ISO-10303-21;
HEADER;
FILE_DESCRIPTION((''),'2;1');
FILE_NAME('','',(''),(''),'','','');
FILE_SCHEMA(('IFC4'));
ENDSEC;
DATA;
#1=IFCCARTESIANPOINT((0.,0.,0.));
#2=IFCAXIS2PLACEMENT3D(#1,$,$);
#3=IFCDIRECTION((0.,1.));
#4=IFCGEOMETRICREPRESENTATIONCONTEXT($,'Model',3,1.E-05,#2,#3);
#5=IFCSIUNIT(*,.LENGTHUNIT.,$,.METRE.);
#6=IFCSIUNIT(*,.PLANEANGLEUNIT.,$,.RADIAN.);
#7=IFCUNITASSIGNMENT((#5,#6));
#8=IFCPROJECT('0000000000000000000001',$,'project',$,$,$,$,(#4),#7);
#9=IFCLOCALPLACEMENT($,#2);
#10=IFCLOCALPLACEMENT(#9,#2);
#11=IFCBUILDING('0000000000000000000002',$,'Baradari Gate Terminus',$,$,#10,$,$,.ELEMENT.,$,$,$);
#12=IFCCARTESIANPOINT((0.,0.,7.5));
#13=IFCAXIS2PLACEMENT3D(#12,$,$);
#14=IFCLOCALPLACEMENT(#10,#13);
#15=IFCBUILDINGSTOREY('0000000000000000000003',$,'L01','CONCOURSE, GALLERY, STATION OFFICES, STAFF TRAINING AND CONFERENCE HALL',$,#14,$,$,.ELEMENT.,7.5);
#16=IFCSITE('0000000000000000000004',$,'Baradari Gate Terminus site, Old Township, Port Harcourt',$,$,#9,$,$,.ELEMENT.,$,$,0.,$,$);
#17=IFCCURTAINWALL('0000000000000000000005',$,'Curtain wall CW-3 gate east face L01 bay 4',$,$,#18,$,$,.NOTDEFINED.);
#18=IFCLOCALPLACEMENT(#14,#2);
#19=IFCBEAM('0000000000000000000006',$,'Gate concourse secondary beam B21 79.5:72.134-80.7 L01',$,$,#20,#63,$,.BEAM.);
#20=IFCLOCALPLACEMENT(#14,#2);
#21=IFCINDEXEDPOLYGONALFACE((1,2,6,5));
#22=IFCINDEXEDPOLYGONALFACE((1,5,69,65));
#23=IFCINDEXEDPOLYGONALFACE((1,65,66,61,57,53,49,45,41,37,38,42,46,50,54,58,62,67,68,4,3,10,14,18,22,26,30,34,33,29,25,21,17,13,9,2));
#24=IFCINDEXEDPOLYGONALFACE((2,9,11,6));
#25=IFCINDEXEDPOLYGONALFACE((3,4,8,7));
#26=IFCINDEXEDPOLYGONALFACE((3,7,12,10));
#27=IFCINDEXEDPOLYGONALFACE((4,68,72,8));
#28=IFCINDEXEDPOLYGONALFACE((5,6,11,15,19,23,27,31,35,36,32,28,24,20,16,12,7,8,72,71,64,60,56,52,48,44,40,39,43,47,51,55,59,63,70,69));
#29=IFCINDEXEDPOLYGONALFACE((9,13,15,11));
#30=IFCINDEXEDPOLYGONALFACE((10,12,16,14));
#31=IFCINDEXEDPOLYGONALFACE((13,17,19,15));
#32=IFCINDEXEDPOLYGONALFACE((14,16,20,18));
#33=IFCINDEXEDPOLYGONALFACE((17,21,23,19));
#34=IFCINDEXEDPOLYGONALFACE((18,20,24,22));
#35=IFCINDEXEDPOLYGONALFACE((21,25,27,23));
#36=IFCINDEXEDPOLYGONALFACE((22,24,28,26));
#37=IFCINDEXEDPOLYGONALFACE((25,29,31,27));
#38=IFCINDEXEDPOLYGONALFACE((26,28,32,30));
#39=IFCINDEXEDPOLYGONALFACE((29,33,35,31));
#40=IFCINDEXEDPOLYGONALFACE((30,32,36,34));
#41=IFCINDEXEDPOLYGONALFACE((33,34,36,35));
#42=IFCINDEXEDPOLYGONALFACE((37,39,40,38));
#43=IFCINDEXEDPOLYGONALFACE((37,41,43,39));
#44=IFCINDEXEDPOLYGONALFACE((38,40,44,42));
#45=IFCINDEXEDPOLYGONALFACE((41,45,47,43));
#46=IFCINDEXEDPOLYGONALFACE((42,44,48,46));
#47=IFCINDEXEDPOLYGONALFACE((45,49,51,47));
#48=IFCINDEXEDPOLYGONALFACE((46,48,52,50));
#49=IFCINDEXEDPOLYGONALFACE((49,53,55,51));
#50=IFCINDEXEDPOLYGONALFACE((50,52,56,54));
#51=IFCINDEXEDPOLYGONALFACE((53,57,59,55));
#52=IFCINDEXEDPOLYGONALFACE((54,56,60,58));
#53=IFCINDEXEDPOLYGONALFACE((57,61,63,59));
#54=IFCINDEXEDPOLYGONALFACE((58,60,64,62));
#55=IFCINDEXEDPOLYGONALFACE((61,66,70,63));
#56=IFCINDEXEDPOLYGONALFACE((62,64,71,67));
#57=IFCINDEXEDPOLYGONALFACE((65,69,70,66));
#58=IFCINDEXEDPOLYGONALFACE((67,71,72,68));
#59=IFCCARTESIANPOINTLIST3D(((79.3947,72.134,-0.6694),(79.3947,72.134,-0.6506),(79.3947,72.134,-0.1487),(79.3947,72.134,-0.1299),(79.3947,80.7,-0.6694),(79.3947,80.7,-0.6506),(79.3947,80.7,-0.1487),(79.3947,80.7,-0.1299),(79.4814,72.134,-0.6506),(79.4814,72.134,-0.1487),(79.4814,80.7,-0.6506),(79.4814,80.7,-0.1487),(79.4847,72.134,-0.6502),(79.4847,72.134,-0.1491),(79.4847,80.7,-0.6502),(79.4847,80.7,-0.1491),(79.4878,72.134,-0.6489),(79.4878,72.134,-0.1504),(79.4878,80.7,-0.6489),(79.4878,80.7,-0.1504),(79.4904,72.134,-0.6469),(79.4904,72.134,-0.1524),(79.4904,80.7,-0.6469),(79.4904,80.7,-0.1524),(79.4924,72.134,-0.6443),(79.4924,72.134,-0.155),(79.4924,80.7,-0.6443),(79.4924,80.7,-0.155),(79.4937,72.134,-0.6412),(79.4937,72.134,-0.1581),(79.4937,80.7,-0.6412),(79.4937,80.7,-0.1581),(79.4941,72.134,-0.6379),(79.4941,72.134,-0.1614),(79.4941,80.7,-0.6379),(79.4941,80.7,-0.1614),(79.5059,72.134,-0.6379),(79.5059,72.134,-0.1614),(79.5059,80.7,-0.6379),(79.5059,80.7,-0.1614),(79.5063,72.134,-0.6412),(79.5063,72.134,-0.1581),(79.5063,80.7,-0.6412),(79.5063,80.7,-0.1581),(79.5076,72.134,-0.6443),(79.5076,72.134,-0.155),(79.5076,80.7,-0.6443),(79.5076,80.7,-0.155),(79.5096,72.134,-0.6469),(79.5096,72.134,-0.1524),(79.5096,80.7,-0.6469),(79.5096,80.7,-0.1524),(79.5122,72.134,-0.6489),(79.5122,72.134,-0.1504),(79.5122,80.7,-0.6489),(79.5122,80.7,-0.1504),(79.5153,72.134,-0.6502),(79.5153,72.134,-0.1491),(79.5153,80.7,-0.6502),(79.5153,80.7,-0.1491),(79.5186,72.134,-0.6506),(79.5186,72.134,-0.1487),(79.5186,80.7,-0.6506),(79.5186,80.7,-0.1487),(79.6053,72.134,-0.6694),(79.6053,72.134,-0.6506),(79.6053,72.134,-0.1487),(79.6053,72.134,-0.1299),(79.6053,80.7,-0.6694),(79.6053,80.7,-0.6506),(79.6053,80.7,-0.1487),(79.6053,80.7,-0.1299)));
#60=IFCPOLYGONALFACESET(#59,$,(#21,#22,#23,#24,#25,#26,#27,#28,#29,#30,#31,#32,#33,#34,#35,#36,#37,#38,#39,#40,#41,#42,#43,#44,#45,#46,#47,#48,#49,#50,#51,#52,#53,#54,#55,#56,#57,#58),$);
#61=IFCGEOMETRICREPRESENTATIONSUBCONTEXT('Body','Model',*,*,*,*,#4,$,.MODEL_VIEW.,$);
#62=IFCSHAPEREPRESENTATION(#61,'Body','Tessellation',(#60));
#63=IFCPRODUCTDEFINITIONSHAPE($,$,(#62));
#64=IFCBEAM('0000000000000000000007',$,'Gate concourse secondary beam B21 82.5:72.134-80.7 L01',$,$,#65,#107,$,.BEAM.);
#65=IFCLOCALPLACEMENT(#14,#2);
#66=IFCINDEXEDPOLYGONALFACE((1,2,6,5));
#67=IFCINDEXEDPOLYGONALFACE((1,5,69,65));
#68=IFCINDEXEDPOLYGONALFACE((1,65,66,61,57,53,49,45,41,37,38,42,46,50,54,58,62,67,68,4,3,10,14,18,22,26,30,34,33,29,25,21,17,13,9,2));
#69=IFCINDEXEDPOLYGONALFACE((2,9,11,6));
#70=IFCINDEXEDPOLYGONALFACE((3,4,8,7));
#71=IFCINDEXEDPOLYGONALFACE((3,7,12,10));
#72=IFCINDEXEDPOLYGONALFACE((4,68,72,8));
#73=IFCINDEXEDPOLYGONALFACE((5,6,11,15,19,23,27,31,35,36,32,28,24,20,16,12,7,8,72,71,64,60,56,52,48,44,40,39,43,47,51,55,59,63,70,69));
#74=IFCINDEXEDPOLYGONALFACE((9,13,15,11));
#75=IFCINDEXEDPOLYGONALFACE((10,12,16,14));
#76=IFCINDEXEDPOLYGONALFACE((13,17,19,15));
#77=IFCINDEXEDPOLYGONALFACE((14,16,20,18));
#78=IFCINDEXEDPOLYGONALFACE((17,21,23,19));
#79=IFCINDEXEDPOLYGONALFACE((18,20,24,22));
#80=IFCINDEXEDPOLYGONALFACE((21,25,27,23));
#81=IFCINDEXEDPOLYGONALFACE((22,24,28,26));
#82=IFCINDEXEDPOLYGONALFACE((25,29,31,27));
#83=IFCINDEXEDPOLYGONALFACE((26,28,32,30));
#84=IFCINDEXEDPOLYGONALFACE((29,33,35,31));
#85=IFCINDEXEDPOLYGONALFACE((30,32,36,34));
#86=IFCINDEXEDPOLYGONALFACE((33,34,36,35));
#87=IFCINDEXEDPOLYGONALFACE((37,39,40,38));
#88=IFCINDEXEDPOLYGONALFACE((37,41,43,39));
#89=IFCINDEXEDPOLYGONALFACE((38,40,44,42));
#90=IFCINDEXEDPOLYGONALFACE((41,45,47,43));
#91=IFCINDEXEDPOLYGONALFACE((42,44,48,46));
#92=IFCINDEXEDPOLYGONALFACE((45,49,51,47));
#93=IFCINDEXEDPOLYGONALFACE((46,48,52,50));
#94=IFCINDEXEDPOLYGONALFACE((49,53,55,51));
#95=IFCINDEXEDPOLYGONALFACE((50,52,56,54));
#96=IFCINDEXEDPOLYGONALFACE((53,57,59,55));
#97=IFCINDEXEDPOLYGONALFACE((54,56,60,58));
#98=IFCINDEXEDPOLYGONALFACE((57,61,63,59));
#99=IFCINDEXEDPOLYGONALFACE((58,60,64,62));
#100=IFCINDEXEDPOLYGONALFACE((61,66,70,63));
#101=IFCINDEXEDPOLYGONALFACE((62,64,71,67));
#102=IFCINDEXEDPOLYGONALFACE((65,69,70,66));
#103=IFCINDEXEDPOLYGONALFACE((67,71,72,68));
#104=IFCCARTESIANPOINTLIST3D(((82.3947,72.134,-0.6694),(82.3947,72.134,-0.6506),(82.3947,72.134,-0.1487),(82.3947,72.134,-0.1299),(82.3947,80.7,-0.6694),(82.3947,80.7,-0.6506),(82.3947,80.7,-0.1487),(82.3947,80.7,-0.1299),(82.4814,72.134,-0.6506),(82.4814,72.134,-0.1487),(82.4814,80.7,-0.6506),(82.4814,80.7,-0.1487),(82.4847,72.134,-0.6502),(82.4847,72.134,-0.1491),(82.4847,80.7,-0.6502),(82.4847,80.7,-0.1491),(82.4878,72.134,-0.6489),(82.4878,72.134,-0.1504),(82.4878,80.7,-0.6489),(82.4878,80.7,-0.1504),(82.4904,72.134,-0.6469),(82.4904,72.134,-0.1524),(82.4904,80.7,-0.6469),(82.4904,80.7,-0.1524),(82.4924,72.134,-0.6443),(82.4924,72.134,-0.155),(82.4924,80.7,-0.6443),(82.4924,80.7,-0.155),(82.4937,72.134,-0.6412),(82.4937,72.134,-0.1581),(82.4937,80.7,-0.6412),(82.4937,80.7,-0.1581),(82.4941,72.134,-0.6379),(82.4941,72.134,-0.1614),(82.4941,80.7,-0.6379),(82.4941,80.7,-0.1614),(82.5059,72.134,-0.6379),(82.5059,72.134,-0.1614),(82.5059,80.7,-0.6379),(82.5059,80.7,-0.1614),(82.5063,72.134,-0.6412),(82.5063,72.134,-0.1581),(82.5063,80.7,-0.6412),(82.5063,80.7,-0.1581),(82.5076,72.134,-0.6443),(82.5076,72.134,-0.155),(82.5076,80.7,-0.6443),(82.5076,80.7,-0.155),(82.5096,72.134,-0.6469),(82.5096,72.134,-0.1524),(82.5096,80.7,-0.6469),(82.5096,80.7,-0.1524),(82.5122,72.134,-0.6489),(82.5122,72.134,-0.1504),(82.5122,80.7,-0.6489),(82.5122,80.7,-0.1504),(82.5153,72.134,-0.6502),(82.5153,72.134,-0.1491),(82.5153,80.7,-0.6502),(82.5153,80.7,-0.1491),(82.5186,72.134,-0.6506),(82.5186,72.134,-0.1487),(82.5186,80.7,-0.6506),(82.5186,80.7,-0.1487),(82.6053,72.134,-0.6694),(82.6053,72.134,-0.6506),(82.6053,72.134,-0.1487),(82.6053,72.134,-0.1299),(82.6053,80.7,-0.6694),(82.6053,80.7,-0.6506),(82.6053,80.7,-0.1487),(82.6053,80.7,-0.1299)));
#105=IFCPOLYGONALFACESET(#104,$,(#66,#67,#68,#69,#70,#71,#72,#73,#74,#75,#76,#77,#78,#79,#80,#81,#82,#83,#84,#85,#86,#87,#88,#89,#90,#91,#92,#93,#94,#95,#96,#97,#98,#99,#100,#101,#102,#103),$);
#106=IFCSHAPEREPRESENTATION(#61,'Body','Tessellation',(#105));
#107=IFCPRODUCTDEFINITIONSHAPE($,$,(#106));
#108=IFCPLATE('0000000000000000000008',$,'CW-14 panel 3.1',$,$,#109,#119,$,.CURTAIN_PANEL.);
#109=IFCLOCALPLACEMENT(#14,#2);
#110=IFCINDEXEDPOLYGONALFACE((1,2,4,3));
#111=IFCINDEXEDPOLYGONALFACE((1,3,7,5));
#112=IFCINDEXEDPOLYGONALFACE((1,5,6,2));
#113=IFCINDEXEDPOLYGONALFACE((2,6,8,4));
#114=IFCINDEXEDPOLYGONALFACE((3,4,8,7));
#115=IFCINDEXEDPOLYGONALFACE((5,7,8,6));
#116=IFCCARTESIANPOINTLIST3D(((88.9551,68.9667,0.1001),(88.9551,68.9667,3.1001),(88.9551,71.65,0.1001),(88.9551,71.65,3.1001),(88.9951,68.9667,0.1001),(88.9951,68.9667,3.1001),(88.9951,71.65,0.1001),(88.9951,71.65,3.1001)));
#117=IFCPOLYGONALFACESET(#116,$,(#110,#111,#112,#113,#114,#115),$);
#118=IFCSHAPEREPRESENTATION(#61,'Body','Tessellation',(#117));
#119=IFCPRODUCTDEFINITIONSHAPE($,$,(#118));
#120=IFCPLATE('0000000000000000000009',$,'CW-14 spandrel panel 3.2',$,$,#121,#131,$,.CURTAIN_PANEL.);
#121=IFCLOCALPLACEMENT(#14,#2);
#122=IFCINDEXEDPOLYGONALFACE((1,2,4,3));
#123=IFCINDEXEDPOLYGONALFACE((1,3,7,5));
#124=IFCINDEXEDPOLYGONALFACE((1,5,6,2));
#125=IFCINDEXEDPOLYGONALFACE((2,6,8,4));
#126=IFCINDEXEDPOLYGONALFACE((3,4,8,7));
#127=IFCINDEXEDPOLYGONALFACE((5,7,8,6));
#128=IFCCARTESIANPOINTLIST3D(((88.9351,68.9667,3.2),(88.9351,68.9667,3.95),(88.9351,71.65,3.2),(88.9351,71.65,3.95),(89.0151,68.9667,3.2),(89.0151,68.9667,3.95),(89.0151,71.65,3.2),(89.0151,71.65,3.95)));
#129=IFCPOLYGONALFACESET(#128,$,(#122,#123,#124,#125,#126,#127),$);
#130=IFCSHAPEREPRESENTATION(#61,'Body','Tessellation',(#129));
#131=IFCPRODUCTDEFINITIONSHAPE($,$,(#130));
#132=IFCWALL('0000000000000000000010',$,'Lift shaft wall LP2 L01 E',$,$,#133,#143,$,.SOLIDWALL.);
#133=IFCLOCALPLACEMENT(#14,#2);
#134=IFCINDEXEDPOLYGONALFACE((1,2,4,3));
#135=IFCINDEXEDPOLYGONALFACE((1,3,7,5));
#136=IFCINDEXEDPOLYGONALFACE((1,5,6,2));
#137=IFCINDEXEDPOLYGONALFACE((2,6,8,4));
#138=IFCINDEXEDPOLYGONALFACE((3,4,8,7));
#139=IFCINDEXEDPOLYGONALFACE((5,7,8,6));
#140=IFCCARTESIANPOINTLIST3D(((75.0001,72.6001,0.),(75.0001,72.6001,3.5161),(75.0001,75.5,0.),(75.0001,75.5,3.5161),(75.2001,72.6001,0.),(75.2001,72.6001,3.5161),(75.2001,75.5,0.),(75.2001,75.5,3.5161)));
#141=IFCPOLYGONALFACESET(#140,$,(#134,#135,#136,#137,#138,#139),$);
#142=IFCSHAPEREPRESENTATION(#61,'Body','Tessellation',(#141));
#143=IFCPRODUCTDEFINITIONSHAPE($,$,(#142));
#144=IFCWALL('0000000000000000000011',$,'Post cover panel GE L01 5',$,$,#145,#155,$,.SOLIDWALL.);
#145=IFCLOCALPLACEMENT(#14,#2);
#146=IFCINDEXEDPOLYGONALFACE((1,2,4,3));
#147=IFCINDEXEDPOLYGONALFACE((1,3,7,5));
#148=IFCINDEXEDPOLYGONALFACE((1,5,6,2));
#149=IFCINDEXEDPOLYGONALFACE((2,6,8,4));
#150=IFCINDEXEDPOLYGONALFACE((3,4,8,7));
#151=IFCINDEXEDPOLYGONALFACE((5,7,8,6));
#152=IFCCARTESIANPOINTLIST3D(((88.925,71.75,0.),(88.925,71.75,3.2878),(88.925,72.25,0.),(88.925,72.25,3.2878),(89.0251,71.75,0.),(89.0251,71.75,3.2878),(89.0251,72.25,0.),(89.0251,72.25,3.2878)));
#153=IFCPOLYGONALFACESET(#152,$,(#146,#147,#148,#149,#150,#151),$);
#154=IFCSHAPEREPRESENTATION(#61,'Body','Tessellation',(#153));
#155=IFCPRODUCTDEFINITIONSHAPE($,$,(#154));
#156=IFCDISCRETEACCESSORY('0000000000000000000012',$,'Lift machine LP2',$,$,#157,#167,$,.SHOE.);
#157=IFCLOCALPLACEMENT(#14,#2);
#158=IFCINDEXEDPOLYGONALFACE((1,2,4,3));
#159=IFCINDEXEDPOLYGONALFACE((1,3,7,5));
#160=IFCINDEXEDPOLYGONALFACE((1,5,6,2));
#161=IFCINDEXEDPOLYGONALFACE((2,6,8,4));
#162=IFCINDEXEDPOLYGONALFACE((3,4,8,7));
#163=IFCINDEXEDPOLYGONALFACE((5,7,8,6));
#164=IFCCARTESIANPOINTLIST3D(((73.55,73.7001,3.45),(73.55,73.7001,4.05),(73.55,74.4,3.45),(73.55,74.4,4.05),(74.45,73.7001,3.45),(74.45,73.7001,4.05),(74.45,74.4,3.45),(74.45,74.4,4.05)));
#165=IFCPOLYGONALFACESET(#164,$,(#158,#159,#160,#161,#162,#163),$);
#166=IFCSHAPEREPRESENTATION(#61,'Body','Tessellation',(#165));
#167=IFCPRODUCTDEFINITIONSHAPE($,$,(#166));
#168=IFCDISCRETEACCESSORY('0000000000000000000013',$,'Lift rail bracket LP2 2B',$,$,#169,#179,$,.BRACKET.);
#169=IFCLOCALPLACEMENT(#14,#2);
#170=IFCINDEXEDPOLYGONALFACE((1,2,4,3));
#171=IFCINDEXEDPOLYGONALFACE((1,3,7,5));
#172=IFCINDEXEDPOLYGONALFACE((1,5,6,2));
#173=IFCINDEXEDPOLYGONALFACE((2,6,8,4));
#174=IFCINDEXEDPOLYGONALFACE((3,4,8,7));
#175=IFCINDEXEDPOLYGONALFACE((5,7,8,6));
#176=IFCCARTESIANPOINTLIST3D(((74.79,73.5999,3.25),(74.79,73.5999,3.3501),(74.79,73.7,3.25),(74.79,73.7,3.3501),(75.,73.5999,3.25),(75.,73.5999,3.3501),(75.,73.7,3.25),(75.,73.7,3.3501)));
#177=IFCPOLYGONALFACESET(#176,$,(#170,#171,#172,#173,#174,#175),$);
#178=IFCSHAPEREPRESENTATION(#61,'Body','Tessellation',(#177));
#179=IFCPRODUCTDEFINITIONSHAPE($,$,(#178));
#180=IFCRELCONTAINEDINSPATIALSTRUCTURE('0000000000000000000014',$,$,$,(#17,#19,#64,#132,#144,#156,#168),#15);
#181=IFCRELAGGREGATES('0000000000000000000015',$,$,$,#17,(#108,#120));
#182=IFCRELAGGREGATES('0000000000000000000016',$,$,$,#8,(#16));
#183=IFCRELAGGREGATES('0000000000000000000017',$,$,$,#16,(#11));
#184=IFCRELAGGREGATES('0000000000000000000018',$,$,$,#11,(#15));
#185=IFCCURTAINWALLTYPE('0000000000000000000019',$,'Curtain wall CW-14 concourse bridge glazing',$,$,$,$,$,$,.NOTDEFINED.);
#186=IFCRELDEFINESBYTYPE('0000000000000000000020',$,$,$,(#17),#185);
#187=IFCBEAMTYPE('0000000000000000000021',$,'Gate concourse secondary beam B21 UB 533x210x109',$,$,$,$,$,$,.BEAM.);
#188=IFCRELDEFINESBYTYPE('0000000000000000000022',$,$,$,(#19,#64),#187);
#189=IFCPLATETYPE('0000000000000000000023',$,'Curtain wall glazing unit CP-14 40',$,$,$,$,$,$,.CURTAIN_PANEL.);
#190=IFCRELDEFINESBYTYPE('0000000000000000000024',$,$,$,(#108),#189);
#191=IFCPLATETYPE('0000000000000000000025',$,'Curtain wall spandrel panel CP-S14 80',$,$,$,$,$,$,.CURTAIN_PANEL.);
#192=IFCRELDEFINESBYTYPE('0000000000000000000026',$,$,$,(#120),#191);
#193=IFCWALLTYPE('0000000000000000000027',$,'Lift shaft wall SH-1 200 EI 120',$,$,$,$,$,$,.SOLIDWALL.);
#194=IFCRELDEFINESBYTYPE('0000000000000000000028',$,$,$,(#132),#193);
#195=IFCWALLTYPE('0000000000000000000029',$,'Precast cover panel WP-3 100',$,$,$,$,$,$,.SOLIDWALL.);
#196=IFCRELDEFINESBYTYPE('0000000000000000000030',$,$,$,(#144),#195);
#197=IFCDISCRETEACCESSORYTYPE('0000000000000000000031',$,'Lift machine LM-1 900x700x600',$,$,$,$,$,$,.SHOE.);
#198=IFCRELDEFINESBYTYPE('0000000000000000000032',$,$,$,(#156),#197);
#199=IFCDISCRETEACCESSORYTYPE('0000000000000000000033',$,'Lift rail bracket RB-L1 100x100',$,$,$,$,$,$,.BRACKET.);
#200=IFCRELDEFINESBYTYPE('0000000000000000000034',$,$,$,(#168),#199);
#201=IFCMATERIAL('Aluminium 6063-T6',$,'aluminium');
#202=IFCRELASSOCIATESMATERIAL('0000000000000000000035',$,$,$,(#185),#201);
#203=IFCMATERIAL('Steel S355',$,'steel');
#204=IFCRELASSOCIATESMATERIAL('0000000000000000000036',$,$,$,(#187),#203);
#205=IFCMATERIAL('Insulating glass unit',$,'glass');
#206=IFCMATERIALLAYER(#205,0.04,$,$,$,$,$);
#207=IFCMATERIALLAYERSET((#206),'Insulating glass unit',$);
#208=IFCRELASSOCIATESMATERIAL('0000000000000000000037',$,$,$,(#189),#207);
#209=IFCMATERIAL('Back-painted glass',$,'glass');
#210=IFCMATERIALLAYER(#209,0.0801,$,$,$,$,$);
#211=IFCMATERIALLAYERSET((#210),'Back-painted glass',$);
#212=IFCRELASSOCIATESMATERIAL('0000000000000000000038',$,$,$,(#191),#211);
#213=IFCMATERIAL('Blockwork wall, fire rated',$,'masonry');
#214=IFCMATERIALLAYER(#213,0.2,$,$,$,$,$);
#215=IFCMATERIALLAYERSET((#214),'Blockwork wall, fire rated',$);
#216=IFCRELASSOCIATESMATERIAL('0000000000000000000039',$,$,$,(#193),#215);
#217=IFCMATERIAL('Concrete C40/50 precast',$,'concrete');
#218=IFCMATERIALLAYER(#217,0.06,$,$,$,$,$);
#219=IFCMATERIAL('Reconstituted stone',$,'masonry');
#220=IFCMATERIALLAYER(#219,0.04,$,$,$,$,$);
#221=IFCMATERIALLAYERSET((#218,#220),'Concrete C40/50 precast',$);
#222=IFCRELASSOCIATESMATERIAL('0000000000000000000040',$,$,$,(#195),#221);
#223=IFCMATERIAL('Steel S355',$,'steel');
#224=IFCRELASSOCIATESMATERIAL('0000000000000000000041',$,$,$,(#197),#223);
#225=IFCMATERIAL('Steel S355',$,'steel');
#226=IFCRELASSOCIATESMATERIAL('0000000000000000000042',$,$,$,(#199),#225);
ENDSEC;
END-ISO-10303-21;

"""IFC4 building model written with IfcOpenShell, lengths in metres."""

from ifc_helpers import new_model, si_unit, direction, frame, frame_2d, origin, origin_2d, place, context, subcontext, project, spatial, rectangle, i_section, extrude, material, layer, layer_set, material_profile, profile_set, type_object, element, aggregate, save


model = new_model("IFC4")

# Units and contexts
model_context = context("Model", 3, precision=1e-05, world=origin(), true_north=direction((0.0, 1.0)))
body_context = subcontext(model_context, "Body", "Model", "MODEL_VIEW")
ifc_project = project(units=[si_unit("LENGTHUNIT", "METRE"), si_unit("PLANEANGLEUNIT", "RADIAN")], contexts=[model_context])

# Site, building, storey
site_placement = place(None, origin())
site = spatial("IfcSite", under=ifc_project, at=site_placement, Name="Baradari Gate Terminus site, Old Township, Port Harcourt", CompositionType="ELEMENT", RefElevation=0.0)
building_placement = place(site_placement, origin())
building = spatial("IfcBuilding", under=site, at=building_placement, Name="Baradari Gate Terminus", CompositionType="ELEMENT")
storey_placement = place(building_placement, frame((0.0, 0.0, 7.5)))
storey = spatial("IfcBuildingStorey", under=building, at=storey_placement, Name="L01", Description="CONCOURSE, GALLERY, STATION OFFICES, STAFF TRAINING AND CONFERENCE HALL", CompositionType="ELEMENT", Elevation=7.5)

# Curtain wall
ifc_material_1 = material(Name="Aluminium 6063-T6", Category="aluminium")
curtain_wall_type = type_object("IfcCurtainWallType", Name="Curtain wall CW-14 concourse bridge glazing", PredefinedType="NOTDEFINED", material=ifc_material_1)
curtain_wall_1_placement = place(storey_placement, origin())
curtain_wall_1 = element("IfcCurtainWall", 1, at=curtain_wall_1_placement, inside=storey, type_object=curtain_wall_type, Name="Curtain wall CW-3 gate east face L01 bay 4", PredefinedType="NOTDEFINED")

# Beams
ifc_material_2 = material(Name="Steel S355", Category="steel")
ifc_material_profile_1 = material_profile(ifc_material_2, i_section(OverallWidth=0.2107, OverallDepth=0.5396, WebThickness=0.0117, FlangeThickness=0.0188, FilletRadius=0.0127, at=origin_2d()), Name="UB 533x210x109")
ifc_profile_set_1 = profile_set([ifc_material_profile_1], Name="Steel S355")
beam_type_1 = type_object("IfcBeamType", Name="Gate concourse secondary beam B21 UB 533x210x109", PredefinedType="BEAM", material=ifc_profile_set_1)
for number, where, z_axis, x_axis, name in (
    (2, (79.5, 72.134, -0.3997), (0.0, 1.0, 0.0), (-1.0, 0.0, 0.0), "Gate concourse secondary beam B21 79.5:72.134-80.7 L01"),
    (3, (82.5, 72.134, -0.3997), (0.0, 1.0, 0.0), (-1.0, 0.0, 0.0), "Gate concourse secondary beam B21 82.5:72.134-80.7 L01"),
):
    element("IfcBeam", number, at=place(storey_placement, frame(where, z_axis=z_axis, x_axis=x_axis)), inside=storey, type_object=beam_type_1, Name=name, PredefinedType="BEAM", context=body_context, shape_type="SweptSolid", body=[
        extrude(i_section(OverallWidth=0.2107, OverallDepth=0.5396, WebThickness=0.0117, FlangeThickness=0.0188, FilletRadius=0.0127, at=origin_2d()), origin(), (0.0, 0.0, 1.0), 8.5659),
    ])

# Plates
ifc_material_3 = material(Name="Insulating glass unit", Category="glass")
ifc_layer_1 = layer(ifc_material_3, 0.04)
ifc_layer_set_1 = layer_set([ifc_layer_1], Name="Insulating glass unit")
plate_type_1 = type_object("IfcPlateType", Name="Curtain wall glazing unit CP-14 40", PredefinedType="CURTAIN_PANEL", material=ifc_layer_set_1)
plate_1_placement = place(storey_placement, frame((88.9751, 70.3083, 0.1001), z_axis=(0.0, 0.0, 1.0), x_axis=(0.0, 1.0, 0.0)))
plate_1 = element("IfcPlate", 4, at=plate_1_placement, type_object=plate_type_1, Name="CW-14 panel 3.1", PredefinedType="CURTAIN_PANEL", context=body_context, shape_type="SweptSolid", body=[
    extrude(rectangle(XDim=2.6833, YDim=0.04, at=origin_2d()), origin(), (0.0, 0.0, 1.0), 3.0),
])
ifc_material_4 = material(Name="Back-painted glass", Category="glass")
ifc_layer_2 = layer(ifc_material_4, 0.0801)
ifc_layer_set_2 = layer_set([ifc_layer_2], Name="Back-painted glass")
plate_type_2 = type_object("IfcPlateType", Name="Curtain wall spandrel panel CP-S14 80", PredefinedType="CURTAIN_PANEL", material=ifc_layer_set_2)
plate_2_placement = place(storey_placement, frame((88.9751, 70.3083, 3.2), z_axis=(0.0, 0.0, 1.0), x_axis=(0.0, 1.0, 0.0)))
plate_2 = element("IfcPlate", 5, at=plate_2_placement, type_object=plate_type_2, Name="CW-14 spandrel panel 3.2", PredefinedType="CURTAIN_PANEL", context=body_context, shape_type="SweptSolid", body=[
    extrude(rectangle(XDim=2.6833, YDim=0.0801, at=origin_2d()), origin(), (0.0, 0.0, 1.0), 0.75),
])
aggregate(curtain_wall_1, [plate_1, plate_2])

# Walls
ifc_material_5 = material(Name="Blockwork wall, fire rated", Category="masonry")
ifc_layer_3 = layer(ifc_material_5, 0.2)
ifc_layer_set_3 = layer_set([ifc_layer_3], Name="Blockwork wall, fire rated")
wall_type_1 = type_object("IfcWallType", Name="Lift shaft wall SH-1 200 EI 120", PredefinedType="SOLIDWALL", material=ifc_layer_set_3)
wall_1_placement = place(storey_placement, frame((75.1001, 72.6001, 0.0), z_axis=(0.0, 0.0, 1.0), x_axis=(0.0, 1.0, 0.0)))
element("IfcWall", 6, at=wall_1_placement, inside=storey, type_object=wall_type_1, Name="Lift shaft wall LP2 L01 E", PredefinedType="SOLIDWALL", context=body_context, shape_type="SweptSolid", body=[
    extrude(rectangle(XDim=2.8999, YDim=0.2, at=frame_2d((1.45, 0.0))), origin(), (0.0, 0.0, 1.0), 3.5161),
])
ifc_material_6 = material(Name="Concrete C40/50 precast", Category="concrete")
ifc_layer_4 = layer(ifc_material_6, 0.06)
ifc_material_7 = material(Name="Reconstituted stone", Category="masonry")
ifc_layer_5 = layer(ifc_material_7, 0.04)
ifc_layer_set_4 = layer_set([ifc_layer_4, ifc_layer_5], Name="Concrete C40/50 precast")
wall_type_2 = type_object("IfcWallType", Name="Precast cover panel WP-3 100", PredefinedType="SOLIDWALL", material=ifc_layer_set_4)
wall_2_placement = place(storey_placement, frame((88.9751, 71.75, 0.0), z_axis=(0.0, 0.0, 1.0), x_axis=(0.0, 1.0, 0.0)))
element("IfcWall", 7, at=wall_2_placement, inside=storey, type_object=wall_type_2, Name="Post cover panel GE L01 5", PredefinedType="SOLIDWALL", context=body_context, shape_type="SweptSolid", body=[
    extrude(rectangle(XDim=0.5, YDim=0.1001, at=frame_2d((0.25, 0.0))), origin(), (0.0, 0.0, 1.0), 3.2878),
])

# Discrete accessories
ifc_material_8 = material(Name="Steel S355", Category="steel")
discrete_accessory_type_1 = type_object("IfcDiscreteAccessoryType", Name="Lift machine LM-1 900x700x600", PredefinedType="SHOE", material=ifc_material_8)
discrete_accessory_1_placement = place(storey_placement, frame((74.0, 74.05, 3.45), z_axis=(0.0, 0.0, 1.0), x_axis=(1.0, 0.0, 0.0)))
element("IfcDiscreteAccessory", 8, at=discrete_accessory_1_placement, inside=storey, type_object=discrete_accessory_type_1, Name="Lift machine LP2", PredefinedType="SHOE", context=body_context, shape_type="SweptSolid", body=[
    extrude(rectangle(XDim=0.8999, YDim=0.7, at=origin_2d()), origin(), (0.0, 0.0, 1.0), 0.6001),
])
ifc_material_9 = material(Name="Steel S355", Category="steel")
discrete_accessory_type_2 = type_object("IfcDiscreteAccessoryType", Name="Lift rail bracket RB-L1 100x100", PredefinedType="BRACKET", material=ifc_material_9)
discrete_accessory_2_placement = place(storey_placement, frame((74.895, 73.6499, 3.25), z_axis=(0.0, 0.0, 1.0), x_axis=(1.0, 0.0, 0.0)))
element("IfcDiscreteAccessory", 9, at=discrete_accessory_2_placement, inside=storey, type_object=discrete_accessory_type_2, Name="Lift rail bracket LP2 2B", PredefinedType="BRACKET", context=body_context, shape_type="SweptSolid", body=[
    extrude(rectangle(XDim=0.21, YDim=0.1001, at=origin_2d()), origin(), (0.0, 0.0, 1.0), 0.1001),
])

save(model, "model.ifc")
